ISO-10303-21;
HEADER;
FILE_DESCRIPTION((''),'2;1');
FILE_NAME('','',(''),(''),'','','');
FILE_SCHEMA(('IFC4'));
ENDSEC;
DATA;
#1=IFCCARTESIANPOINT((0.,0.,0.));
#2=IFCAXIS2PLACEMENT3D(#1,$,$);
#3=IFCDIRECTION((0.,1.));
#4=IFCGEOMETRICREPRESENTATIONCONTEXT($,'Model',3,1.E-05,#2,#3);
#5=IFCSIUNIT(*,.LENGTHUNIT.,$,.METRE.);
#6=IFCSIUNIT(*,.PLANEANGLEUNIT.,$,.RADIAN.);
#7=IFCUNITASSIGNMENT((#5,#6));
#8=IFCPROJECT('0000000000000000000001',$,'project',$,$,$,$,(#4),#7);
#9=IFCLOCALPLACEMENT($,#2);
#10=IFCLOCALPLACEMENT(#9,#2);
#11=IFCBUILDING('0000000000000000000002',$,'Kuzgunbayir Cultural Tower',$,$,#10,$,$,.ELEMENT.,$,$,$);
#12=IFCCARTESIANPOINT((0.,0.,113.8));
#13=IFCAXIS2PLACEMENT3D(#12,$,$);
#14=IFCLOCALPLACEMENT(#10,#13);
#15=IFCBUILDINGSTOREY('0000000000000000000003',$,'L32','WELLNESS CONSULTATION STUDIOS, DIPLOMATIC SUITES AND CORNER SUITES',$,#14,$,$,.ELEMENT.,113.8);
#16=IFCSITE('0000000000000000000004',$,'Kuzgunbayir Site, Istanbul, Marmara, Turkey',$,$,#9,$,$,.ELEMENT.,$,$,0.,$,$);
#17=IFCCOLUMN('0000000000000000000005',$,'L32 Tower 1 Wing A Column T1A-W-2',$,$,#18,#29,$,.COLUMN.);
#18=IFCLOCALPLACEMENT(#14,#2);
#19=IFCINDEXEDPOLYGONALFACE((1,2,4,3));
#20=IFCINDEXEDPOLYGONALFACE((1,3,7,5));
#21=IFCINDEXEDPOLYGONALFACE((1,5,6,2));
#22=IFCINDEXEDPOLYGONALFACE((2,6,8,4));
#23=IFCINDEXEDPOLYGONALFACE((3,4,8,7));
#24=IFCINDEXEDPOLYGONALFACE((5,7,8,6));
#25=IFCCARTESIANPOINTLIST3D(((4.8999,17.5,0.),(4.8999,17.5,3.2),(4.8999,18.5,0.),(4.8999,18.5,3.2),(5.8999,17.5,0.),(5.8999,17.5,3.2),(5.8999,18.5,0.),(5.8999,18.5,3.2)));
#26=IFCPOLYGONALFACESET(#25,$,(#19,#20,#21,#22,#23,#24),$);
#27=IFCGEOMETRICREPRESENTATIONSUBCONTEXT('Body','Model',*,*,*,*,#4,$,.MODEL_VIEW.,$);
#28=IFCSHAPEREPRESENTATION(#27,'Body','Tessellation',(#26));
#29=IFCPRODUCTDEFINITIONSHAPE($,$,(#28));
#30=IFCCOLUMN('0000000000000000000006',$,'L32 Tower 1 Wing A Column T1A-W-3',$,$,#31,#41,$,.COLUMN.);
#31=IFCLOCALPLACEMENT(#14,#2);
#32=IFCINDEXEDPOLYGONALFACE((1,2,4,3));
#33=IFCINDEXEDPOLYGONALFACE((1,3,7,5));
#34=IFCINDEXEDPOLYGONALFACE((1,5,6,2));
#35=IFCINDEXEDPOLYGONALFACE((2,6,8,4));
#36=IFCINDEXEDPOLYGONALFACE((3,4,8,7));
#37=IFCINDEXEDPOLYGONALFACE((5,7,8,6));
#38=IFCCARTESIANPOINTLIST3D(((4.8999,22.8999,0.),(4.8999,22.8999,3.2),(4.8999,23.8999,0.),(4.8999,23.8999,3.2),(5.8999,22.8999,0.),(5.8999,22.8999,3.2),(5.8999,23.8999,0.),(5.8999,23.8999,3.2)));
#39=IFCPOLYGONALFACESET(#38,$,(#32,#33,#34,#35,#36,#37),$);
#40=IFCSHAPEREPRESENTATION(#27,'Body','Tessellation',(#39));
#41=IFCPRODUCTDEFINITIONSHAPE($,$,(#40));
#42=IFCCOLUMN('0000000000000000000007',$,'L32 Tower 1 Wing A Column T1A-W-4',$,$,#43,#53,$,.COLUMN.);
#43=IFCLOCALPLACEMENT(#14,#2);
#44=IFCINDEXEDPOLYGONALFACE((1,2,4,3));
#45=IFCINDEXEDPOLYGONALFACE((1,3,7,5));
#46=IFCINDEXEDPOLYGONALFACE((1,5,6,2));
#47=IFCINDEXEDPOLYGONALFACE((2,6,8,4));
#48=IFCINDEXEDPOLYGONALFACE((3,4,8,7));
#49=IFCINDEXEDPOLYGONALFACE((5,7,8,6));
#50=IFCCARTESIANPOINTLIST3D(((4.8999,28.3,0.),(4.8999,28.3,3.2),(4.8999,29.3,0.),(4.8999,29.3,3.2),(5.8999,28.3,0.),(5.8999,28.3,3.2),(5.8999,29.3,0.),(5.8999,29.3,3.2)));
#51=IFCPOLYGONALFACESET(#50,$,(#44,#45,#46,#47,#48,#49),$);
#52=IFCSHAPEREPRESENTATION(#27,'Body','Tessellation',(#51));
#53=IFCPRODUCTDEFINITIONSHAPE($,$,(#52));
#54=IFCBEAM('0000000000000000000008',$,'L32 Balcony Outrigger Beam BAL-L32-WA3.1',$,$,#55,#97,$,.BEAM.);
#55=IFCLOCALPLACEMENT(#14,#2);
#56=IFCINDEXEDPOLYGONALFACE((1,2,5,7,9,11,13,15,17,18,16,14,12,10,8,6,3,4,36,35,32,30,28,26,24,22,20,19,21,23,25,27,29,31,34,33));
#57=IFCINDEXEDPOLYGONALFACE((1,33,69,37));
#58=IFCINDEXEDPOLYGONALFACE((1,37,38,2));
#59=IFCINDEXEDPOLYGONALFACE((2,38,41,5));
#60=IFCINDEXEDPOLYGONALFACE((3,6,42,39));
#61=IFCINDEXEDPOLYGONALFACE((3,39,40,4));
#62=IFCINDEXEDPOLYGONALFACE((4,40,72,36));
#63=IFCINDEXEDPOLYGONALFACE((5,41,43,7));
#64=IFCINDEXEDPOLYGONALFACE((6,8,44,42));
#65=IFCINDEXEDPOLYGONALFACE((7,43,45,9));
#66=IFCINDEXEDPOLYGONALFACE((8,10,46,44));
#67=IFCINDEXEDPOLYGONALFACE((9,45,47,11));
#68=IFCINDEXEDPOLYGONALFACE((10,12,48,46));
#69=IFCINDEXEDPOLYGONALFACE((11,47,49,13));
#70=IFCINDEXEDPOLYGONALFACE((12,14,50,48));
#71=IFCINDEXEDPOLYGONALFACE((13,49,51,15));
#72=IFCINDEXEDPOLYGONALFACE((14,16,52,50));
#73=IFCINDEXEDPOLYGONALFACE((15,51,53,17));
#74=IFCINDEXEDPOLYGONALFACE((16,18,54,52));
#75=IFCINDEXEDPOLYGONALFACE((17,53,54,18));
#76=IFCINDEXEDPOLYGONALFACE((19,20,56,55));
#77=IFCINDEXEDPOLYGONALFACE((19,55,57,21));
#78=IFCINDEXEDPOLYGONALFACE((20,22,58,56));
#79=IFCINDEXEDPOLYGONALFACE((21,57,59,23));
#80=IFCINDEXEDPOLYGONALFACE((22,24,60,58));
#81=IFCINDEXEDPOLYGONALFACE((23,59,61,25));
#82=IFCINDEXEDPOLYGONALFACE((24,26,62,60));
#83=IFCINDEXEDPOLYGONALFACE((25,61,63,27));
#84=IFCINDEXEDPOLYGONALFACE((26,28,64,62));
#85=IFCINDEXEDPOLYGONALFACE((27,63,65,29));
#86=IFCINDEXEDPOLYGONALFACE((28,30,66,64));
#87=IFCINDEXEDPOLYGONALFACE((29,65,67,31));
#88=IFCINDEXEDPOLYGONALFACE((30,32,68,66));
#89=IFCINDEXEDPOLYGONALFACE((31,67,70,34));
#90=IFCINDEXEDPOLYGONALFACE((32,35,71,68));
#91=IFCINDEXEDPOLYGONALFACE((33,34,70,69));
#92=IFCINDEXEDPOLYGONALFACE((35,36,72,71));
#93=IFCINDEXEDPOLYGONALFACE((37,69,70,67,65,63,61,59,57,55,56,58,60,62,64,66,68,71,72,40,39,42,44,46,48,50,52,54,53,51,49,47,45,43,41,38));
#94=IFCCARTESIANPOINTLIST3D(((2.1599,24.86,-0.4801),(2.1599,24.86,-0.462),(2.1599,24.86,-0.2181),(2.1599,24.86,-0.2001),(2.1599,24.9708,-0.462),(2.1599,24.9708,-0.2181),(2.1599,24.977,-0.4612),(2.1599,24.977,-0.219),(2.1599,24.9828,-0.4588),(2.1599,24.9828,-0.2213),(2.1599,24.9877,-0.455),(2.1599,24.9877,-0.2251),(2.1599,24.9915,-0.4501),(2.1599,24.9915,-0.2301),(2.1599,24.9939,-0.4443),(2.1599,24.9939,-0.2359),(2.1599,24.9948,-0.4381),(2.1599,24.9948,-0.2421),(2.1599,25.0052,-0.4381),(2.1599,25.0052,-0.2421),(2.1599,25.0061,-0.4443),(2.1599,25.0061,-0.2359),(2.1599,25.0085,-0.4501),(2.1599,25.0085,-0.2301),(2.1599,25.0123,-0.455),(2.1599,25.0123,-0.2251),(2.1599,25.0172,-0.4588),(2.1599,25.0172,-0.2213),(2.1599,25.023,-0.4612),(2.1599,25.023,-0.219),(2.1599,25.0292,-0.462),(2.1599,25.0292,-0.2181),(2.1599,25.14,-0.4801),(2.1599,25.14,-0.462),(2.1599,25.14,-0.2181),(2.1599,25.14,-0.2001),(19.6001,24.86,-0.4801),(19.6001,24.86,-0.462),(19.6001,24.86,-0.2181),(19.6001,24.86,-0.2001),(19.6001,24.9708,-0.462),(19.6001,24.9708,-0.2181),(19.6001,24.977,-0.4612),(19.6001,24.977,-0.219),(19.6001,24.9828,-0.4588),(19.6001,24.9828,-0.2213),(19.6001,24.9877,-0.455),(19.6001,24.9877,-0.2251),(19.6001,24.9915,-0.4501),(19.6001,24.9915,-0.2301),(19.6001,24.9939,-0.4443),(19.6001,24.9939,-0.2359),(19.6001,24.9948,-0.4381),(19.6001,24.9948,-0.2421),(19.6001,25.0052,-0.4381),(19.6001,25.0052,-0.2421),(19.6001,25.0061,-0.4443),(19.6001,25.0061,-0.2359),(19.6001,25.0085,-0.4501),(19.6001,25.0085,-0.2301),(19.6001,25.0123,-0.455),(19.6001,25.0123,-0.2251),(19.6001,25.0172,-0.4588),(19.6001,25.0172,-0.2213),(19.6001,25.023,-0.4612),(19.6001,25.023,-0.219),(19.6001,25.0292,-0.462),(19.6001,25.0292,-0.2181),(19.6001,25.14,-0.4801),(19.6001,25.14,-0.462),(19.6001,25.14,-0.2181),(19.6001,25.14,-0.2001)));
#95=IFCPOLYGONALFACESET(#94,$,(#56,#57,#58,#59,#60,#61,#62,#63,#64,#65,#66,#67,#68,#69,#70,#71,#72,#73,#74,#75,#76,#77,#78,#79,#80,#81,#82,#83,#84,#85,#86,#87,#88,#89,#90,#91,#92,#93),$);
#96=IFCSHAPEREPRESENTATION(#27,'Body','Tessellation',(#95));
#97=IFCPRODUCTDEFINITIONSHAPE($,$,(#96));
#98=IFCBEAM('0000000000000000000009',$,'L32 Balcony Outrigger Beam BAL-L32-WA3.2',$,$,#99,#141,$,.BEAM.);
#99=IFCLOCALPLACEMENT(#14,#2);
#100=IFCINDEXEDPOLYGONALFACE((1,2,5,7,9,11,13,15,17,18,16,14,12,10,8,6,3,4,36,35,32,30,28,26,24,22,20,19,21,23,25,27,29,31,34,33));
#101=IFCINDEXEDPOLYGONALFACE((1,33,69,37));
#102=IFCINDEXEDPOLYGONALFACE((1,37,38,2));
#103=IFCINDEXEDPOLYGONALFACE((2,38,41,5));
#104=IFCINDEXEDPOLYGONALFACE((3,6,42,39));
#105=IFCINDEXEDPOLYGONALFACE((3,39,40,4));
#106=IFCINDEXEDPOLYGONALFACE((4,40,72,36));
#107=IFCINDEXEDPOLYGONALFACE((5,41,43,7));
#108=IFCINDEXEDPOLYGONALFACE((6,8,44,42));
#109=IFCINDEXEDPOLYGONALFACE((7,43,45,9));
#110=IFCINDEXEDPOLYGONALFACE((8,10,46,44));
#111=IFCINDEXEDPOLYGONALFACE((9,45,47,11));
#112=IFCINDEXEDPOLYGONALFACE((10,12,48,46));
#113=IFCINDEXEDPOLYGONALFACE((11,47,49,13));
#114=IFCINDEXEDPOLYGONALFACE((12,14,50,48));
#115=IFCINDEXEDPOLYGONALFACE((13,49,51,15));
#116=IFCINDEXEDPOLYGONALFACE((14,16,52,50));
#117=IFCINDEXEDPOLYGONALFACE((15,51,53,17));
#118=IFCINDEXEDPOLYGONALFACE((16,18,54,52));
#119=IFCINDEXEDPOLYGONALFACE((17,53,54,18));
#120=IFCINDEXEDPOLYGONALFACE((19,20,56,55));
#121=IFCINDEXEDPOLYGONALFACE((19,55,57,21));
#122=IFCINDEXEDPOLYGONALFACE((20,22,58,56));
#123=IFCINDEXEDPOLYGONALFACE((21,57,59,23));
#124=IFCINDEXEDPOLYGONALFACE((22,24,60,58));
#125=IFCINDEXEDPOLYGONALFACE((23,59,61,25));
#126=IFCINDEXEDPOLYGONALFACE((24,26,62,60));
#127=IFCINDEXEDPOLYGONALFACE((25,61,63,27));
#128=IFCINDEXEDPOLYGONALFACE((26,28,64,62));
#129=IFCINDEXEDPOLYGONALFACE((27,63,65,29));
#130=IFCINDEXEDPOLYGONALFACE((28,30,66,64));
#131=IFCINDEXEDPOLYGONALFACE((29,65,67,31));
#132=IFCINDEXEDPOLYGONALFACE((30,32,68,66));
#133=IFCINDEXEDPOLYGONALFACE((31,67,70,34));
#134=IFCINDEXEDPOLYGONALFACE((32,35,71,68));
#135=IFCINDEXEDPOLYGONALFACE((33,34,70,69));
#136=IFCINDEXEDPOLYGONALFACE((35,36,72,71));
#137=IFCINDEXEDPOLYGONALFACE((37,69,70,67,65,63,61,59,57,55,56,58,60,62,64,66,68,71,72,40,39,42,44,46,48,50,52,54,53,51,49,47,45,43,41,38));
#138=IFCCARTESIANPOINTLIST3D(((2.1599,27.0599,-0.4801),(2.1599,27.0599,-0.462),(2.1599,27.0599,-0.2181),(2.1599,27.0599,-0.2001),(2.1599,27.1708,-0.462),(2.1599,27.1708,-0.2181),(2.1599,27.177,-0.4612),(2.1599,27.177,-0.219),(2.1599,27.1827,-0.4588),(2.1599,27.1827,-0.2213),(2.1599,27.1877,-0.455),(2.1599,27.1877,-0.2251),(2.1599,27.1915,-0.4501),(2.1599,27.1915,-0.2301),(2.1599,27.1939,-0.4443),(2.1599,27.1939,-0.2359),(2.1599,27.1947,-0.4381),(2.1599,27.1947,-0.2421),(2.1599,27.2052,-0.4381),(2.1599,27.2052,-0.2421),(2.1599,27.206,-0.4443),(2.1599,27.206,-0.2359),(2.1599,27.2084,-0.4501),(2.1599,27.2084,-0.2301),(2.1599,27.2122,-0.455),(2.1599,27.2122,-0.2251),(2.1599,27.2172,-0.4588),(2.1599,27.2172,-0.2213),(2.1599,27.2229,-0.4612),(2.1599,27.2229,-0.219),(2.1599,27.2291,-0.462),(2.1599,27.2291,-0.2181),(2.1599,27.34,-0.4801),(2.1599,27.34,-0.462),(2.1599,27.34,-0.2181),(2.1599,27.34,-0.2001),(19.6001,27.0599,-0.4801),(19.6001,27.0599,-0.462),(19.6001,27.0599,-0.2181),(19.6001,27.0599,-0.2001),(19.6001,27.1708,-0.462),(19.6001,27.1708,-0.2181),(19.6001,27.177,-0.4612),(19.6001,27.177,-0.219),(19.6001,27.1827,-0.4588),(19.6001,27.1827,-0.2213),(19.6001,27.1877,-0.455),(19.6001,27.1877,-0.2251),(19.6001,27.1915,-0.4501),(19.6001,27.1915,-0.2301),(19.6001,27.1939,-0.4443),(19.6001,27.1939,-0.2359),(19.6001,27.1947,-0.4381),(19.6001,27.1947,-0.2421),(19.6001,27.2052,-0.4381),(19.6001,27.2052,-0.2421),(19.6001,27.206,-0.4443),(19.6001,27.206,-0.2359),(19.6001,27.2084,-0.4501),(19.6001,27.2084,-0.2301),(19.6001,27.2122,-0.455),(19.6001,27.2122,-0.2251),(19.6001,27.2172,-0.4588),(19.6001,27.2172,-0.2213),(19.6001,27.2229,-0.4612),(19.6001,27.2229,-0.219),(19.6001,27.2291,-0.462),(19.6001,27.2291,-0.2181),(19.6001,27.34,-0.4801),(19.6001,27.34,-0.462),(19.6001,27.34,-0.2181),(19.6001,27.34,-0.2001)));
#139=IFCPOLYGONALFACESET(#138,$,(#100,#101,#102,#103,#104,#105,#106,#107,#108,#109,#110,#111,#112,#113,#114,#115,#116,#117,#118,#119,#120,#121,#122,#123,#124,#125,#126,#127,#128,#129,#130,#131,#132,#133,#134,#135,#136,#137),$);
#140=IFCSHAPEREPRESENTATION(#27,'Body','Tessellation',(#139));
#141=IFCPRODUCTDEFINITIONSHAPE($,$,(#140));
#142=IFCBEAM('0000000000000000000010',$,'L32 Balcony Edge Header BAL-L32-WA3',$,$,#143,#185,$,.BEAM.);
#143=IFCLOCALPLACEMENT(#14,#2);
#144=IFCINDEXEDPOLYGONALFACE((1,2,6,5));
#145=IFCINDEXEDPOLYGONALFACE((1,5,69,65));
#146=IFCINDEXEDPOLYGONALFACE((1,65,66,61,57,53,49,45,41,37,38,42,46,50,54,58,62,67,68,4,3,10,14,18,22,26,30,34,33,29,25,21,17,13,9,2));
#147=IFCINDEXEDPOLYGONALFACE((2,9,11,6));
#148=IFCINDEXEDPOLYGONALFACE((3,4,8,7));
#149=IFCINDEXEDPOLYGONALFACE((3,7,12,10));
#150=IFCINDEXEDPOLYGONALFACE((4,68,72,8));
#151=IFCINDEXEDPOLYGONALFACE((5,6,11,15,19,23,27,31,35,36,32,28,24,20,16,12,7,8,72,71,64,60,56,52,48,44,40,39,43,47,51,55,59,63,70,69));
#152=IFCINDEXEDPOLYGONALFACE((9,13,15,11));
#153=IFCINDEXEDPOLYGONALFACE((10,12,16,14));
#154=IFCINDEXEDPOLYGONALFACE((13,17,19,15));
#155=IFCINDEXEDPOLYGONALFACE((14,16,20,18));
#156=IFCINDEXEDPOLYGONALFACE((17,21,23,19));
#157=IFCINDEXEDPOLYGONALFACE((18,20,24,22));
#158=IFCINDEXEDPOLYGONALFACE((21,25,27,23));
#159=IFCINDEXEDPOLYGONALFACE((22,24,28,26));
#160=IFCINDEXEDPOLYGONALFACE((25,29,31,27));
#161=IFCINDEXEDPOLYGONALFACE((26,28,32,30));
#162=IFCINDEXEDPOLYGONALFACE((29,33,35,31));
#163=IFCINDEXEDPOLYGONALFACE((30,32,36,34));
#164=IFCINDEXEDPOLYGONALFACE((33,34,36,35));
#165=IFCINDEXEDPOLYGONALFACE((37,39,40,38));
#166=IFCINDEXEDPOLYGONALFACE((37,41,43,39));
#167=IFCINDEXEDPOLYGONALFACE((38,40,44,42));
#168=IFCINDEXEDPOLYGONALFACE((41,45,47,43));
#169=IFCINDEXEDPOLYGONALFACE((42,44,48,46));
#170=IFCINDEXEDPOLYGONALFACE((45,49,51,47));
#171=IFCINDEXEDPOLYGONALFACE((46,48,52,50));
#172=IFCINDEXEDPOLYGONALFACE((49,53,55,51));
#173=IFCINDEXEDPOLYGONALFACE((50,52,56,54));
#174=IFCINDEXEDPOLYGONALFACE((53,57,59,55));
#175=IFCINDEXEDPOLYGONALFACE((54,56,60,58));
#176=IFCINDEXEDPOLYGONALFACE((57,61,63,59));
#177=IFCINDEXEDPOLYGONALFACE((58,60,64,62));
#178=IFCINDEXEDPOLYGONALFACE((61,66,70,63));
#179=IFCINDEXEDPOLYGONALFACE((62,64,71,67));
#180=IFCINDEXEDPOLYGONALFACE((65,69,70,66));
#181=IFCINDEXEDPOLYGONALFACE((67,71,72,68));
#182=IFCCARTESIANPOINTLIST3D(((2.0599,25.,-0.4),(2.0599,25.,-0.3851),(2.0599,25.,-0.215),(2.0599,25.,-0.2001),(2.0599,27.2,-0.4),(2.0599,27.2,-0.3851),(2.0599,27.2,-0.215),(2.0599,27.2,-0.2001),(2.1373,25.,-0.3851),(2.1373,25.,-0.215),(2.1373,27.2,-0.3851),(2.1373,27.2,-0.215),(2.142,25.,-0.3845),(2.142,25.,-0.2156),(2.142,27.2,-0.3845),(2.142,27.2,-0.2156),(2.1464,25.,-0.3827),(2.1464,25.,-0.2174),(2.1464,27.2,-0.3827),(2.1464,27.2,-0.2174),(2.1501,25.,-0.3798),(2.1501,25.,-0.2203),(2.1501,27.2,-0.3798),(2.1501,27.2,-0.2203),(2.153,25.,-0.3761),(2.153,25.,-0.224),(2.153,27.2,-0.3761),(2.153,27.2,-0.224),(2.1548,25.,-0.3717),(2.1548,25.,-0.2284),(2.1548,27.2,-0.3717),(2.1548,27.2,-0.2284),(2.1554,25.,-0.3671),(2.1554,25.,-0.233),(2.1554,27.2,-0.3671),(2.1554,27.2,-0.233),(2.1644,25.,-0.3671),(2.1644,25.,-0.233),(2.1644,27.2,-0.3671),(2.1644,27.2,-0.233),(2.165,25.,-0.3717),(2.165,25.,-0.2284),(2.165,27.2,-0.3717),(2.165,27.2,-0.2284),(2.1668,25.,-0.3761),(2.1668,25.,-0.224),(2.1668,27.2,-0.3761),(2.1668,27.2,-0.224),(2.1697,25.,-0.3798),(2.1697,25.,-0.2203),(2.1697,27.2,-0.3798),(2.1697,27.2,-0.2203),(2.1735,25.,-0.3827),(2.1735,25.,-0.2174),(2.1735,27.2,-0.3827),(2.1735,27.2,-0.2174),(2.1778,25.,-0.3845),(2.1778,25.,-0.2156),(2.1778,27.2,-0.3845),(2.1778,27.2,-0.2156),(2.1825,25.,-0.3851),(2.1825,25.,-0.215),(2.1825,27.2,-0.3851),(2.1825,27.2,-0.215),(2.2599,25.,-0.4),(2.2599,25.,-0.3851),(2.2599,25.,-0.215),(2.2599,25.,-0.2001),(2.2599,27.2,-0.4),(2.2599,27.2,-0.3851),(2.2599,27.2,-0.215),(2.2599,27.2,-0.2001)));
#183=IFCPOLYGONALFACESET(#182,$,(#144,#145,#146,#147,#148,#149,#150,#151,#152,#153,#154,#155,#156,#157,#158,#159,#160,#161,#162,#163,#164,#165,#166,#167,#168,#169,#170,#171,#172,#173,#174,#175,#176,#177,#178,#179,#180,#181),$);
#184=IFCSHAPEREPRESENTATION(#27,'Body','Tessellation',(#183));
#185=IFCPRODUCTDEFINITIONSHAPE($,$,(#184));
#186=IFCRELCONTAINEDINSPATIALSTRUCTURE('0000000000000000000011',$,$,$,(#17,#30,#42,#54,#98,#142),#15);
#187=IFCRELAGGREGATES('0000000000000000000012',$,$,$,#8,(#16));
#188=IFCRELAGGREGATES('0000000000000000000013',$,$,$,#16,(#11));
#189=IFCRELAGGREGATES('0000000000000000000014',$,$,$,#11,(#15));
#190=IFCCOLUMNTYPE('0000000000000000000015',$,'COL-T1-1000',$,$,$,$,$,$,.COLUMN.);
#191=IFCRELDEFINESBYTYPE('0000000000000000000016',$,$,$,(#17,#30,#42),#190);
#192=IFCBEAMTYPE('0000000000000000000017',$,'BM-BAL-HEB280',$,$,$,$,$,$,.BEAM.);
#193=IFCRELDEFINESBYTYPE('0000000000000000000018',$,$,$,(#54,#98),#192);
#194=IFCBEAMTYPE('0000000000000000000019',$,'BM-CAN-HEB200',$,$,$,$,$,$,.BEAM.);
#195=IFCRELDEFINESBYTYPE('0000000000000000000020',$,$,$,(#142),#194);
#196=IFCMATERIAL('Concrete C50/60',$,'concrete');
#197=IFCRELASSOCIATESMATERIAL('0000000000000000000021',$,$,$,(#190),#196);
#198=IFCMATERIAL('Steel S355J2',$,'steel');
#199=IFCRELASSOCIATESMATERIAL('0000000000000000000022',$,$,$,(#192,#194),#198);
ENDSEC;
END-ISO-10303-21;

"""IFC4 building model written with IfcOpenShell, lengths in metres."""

from ifc_helpers import new_model, si_unit, direction, frame, origin, origin_2d, place, context, subcontext, project, spatial, rectangle, i_section, extrude, material, material_profile, profile_set, type_object, element, save


model = new_model("IFC4")

# Units and contexts
model_context = context("Model", 3, precision=1e-05, world=origin(), true_north=direction((0.0, 1.0)))
body_context = subcontext(model_context, "Body", "Model", "MODEL_VIEW")
ifc_project = project(units=[si_unit("LENGTHUNIT", "METRE"), si_unit("PLANEANGLEUNIT", "RADIAN")], contexts=[model_context])

# Site, building, storey
site_placement = place(None, origin())
site = spatial("IfcSite", under=ifc_project, at=site_placement, Name="Kuzgunbayir Site, Istanbul, Marmara, Turkey", CompositionType="ELEMENT", RefElevation=0.0)
building_placement = place(site_placement, origin())
building = spatial("IfcBuilding", under=site, at=building_placement, Name="Kuzgunbayir Cultural Tower", CompositionType="ELEMENT")
storey_placement = place(building_placement, frame((0.0, 0.0, 113.8)))
storey = spatial("IfcBuildingStorey", under=building, at=storey_placement, Name="L32", Description="WELLNESS CONSULTATION STUDIOS, DIPLOMATIC SUITES AND CORNER SUITES", CompositionType="ELEMENT", Elevation=113.8)

# Columns
ifc_material_1 = material(Name="Concrete C50/60", Category="concrete")
ifc_material_profile_1 = material_profile(ifc_material_1, rectangle(XDim=1.0, YDim=1.0, at=origin_2d()), Name="RC 1000x1000")
ifc_profile_set_1 = profile_set([ifc_material_profile_1], Name="Concrete C50/60")
column_type = type_object("IfcColumnType", Name="COL-T1-1000", PredefinedType="COLUMN", material=ifc_profile_set_1)
for number, where, z_axis, x_axis, name in (
    (1, (5.3999, 18.0, 0.0), (0.0, 0.0, 1.0), (1.0, 0.0, 0.0), "L32 Tower 1 Wing A Column T1A-W-2"),
    (2, (5.3999, 23.3999, 0.0), (0.0, 0.0, 1.0), (1.0, 0.0, 0.0), "L32 Tower 1 Wing A Column T1A-W-3"),
    (3, (5.3999, 28.8, 0.0), (0.0, 0.0, 1.0), (1.0, 0.0, 0.0), "L32 Tower 1 Wing A Column T1A-W-4"),
):
    element("IfcColumn", number, at=place(storey_placement, frame(where, z_axis=z_axis, x_axis=x_axis)), inside=storey, type_object=column_type, Name=name, PredefinedType="COLUMN", context=body_context, shape_type="SweptSolid", body=[
        extrude(rectangle(XDim=1.0, YDim=1.0, at=origin_2d()), origin(), (0.0, 0.0, 1.0), 3.2),
    ])

# Beams
ifc_material_2 = material(Name="Steel S355J2", Category="steel")
ifc_material_profile_2 = material_profile(ifc_material_2, i_section(OverallWidth=0.28, OverallDepth=0.28, WebThickness=0.0105, FlangeThickness=0.0181, FilletRadius=0.0239, at=origin_2d()), Name="HEB 280")
ifc_profile_set_2 = profile_set([ifc_material_profile_2], Name="Steel S355J2")
beam_type_1 = type_object("IfcBeamType", Name="BM-BAL-HEB280", PredefinedType="BEAM", material=ifc_profile_set_2)
for number, where, z_axis, x_axis, name in (
    (4, (2.1599, 25.0, -0.3401), (1.0, 0.0, 0.0), (0.0, 1.0, 0.0), "L32 Balcony Outrigger Beam BAL-L32-WA3.1"),
    (5, (2.1599, 27.2, -0.3401), (1.0, 0.0, 0.0), (0.0, 1.0, 0.0), "L32 Balcony Outrigger Beam BAL-L32-WA3.2"),
):
    element("IfcBeam", number, at=place(storey_placement, frame(where, z_axis=z_axis, x_axis=x_axis)), inside=storey, type_object=beam_type_1, Name=name, PredefinedType="BEAM", context=body_context, shape_type="SweptSolid", body=[
        extrude(i_section(OverallWidth=0.28, OverallDepth=0.28, WebThickness=0.0105, FlangeThickness=0.0181, FilletRadius=0.0239, at=origin_2d()), origin(), (0.0, 0.0, 1.0), 17.4402),
    ])
ifc_material_profile_3 = material_profile(ifc_material_2, i_section(OverallWidth=0.2, OverallDepth=0.2, WebThickness=0.009, FlangeThickness=0.0149, FilletRadius=0.0181, at=origin_2d()), Name="HEB 200")
ifc_profile_set_3 = profile_set([ifc_material_profile_3], Name="Steel S355J2")
beam_type_2 = type_object("IfcBeamType", Name="BM-CAN-HEB200", PredefinedType="BEAM", material=ifc_profile_set_3)
beam_1_placement = place(storey_placement, frame((2.1599, 25.0, -0.3), z_axis=(0.0, 1.0, 0.0), x_axis=(-1.0, 0.0, 0.0)))
element("IfcBeam", 6, at=beam_1_placement, inside=storey, type_object=beam_type_2, Name="L32 Balcony Edge Header BAL-L32-WA3", PredefinedType="BEAM", context=body_context, shape_type="SweptSolid", body=[
    extrude(i_section(OverallWidth=0.2, OverallDepth=0.2, WebThickness=0.009, FlangeThickness=0.0149, FilletRadius=0.0181, at=origin_2d()), origin(), (0.0, 0.0, 1.0), 2.2),
])

save(model, "model.ifc")
